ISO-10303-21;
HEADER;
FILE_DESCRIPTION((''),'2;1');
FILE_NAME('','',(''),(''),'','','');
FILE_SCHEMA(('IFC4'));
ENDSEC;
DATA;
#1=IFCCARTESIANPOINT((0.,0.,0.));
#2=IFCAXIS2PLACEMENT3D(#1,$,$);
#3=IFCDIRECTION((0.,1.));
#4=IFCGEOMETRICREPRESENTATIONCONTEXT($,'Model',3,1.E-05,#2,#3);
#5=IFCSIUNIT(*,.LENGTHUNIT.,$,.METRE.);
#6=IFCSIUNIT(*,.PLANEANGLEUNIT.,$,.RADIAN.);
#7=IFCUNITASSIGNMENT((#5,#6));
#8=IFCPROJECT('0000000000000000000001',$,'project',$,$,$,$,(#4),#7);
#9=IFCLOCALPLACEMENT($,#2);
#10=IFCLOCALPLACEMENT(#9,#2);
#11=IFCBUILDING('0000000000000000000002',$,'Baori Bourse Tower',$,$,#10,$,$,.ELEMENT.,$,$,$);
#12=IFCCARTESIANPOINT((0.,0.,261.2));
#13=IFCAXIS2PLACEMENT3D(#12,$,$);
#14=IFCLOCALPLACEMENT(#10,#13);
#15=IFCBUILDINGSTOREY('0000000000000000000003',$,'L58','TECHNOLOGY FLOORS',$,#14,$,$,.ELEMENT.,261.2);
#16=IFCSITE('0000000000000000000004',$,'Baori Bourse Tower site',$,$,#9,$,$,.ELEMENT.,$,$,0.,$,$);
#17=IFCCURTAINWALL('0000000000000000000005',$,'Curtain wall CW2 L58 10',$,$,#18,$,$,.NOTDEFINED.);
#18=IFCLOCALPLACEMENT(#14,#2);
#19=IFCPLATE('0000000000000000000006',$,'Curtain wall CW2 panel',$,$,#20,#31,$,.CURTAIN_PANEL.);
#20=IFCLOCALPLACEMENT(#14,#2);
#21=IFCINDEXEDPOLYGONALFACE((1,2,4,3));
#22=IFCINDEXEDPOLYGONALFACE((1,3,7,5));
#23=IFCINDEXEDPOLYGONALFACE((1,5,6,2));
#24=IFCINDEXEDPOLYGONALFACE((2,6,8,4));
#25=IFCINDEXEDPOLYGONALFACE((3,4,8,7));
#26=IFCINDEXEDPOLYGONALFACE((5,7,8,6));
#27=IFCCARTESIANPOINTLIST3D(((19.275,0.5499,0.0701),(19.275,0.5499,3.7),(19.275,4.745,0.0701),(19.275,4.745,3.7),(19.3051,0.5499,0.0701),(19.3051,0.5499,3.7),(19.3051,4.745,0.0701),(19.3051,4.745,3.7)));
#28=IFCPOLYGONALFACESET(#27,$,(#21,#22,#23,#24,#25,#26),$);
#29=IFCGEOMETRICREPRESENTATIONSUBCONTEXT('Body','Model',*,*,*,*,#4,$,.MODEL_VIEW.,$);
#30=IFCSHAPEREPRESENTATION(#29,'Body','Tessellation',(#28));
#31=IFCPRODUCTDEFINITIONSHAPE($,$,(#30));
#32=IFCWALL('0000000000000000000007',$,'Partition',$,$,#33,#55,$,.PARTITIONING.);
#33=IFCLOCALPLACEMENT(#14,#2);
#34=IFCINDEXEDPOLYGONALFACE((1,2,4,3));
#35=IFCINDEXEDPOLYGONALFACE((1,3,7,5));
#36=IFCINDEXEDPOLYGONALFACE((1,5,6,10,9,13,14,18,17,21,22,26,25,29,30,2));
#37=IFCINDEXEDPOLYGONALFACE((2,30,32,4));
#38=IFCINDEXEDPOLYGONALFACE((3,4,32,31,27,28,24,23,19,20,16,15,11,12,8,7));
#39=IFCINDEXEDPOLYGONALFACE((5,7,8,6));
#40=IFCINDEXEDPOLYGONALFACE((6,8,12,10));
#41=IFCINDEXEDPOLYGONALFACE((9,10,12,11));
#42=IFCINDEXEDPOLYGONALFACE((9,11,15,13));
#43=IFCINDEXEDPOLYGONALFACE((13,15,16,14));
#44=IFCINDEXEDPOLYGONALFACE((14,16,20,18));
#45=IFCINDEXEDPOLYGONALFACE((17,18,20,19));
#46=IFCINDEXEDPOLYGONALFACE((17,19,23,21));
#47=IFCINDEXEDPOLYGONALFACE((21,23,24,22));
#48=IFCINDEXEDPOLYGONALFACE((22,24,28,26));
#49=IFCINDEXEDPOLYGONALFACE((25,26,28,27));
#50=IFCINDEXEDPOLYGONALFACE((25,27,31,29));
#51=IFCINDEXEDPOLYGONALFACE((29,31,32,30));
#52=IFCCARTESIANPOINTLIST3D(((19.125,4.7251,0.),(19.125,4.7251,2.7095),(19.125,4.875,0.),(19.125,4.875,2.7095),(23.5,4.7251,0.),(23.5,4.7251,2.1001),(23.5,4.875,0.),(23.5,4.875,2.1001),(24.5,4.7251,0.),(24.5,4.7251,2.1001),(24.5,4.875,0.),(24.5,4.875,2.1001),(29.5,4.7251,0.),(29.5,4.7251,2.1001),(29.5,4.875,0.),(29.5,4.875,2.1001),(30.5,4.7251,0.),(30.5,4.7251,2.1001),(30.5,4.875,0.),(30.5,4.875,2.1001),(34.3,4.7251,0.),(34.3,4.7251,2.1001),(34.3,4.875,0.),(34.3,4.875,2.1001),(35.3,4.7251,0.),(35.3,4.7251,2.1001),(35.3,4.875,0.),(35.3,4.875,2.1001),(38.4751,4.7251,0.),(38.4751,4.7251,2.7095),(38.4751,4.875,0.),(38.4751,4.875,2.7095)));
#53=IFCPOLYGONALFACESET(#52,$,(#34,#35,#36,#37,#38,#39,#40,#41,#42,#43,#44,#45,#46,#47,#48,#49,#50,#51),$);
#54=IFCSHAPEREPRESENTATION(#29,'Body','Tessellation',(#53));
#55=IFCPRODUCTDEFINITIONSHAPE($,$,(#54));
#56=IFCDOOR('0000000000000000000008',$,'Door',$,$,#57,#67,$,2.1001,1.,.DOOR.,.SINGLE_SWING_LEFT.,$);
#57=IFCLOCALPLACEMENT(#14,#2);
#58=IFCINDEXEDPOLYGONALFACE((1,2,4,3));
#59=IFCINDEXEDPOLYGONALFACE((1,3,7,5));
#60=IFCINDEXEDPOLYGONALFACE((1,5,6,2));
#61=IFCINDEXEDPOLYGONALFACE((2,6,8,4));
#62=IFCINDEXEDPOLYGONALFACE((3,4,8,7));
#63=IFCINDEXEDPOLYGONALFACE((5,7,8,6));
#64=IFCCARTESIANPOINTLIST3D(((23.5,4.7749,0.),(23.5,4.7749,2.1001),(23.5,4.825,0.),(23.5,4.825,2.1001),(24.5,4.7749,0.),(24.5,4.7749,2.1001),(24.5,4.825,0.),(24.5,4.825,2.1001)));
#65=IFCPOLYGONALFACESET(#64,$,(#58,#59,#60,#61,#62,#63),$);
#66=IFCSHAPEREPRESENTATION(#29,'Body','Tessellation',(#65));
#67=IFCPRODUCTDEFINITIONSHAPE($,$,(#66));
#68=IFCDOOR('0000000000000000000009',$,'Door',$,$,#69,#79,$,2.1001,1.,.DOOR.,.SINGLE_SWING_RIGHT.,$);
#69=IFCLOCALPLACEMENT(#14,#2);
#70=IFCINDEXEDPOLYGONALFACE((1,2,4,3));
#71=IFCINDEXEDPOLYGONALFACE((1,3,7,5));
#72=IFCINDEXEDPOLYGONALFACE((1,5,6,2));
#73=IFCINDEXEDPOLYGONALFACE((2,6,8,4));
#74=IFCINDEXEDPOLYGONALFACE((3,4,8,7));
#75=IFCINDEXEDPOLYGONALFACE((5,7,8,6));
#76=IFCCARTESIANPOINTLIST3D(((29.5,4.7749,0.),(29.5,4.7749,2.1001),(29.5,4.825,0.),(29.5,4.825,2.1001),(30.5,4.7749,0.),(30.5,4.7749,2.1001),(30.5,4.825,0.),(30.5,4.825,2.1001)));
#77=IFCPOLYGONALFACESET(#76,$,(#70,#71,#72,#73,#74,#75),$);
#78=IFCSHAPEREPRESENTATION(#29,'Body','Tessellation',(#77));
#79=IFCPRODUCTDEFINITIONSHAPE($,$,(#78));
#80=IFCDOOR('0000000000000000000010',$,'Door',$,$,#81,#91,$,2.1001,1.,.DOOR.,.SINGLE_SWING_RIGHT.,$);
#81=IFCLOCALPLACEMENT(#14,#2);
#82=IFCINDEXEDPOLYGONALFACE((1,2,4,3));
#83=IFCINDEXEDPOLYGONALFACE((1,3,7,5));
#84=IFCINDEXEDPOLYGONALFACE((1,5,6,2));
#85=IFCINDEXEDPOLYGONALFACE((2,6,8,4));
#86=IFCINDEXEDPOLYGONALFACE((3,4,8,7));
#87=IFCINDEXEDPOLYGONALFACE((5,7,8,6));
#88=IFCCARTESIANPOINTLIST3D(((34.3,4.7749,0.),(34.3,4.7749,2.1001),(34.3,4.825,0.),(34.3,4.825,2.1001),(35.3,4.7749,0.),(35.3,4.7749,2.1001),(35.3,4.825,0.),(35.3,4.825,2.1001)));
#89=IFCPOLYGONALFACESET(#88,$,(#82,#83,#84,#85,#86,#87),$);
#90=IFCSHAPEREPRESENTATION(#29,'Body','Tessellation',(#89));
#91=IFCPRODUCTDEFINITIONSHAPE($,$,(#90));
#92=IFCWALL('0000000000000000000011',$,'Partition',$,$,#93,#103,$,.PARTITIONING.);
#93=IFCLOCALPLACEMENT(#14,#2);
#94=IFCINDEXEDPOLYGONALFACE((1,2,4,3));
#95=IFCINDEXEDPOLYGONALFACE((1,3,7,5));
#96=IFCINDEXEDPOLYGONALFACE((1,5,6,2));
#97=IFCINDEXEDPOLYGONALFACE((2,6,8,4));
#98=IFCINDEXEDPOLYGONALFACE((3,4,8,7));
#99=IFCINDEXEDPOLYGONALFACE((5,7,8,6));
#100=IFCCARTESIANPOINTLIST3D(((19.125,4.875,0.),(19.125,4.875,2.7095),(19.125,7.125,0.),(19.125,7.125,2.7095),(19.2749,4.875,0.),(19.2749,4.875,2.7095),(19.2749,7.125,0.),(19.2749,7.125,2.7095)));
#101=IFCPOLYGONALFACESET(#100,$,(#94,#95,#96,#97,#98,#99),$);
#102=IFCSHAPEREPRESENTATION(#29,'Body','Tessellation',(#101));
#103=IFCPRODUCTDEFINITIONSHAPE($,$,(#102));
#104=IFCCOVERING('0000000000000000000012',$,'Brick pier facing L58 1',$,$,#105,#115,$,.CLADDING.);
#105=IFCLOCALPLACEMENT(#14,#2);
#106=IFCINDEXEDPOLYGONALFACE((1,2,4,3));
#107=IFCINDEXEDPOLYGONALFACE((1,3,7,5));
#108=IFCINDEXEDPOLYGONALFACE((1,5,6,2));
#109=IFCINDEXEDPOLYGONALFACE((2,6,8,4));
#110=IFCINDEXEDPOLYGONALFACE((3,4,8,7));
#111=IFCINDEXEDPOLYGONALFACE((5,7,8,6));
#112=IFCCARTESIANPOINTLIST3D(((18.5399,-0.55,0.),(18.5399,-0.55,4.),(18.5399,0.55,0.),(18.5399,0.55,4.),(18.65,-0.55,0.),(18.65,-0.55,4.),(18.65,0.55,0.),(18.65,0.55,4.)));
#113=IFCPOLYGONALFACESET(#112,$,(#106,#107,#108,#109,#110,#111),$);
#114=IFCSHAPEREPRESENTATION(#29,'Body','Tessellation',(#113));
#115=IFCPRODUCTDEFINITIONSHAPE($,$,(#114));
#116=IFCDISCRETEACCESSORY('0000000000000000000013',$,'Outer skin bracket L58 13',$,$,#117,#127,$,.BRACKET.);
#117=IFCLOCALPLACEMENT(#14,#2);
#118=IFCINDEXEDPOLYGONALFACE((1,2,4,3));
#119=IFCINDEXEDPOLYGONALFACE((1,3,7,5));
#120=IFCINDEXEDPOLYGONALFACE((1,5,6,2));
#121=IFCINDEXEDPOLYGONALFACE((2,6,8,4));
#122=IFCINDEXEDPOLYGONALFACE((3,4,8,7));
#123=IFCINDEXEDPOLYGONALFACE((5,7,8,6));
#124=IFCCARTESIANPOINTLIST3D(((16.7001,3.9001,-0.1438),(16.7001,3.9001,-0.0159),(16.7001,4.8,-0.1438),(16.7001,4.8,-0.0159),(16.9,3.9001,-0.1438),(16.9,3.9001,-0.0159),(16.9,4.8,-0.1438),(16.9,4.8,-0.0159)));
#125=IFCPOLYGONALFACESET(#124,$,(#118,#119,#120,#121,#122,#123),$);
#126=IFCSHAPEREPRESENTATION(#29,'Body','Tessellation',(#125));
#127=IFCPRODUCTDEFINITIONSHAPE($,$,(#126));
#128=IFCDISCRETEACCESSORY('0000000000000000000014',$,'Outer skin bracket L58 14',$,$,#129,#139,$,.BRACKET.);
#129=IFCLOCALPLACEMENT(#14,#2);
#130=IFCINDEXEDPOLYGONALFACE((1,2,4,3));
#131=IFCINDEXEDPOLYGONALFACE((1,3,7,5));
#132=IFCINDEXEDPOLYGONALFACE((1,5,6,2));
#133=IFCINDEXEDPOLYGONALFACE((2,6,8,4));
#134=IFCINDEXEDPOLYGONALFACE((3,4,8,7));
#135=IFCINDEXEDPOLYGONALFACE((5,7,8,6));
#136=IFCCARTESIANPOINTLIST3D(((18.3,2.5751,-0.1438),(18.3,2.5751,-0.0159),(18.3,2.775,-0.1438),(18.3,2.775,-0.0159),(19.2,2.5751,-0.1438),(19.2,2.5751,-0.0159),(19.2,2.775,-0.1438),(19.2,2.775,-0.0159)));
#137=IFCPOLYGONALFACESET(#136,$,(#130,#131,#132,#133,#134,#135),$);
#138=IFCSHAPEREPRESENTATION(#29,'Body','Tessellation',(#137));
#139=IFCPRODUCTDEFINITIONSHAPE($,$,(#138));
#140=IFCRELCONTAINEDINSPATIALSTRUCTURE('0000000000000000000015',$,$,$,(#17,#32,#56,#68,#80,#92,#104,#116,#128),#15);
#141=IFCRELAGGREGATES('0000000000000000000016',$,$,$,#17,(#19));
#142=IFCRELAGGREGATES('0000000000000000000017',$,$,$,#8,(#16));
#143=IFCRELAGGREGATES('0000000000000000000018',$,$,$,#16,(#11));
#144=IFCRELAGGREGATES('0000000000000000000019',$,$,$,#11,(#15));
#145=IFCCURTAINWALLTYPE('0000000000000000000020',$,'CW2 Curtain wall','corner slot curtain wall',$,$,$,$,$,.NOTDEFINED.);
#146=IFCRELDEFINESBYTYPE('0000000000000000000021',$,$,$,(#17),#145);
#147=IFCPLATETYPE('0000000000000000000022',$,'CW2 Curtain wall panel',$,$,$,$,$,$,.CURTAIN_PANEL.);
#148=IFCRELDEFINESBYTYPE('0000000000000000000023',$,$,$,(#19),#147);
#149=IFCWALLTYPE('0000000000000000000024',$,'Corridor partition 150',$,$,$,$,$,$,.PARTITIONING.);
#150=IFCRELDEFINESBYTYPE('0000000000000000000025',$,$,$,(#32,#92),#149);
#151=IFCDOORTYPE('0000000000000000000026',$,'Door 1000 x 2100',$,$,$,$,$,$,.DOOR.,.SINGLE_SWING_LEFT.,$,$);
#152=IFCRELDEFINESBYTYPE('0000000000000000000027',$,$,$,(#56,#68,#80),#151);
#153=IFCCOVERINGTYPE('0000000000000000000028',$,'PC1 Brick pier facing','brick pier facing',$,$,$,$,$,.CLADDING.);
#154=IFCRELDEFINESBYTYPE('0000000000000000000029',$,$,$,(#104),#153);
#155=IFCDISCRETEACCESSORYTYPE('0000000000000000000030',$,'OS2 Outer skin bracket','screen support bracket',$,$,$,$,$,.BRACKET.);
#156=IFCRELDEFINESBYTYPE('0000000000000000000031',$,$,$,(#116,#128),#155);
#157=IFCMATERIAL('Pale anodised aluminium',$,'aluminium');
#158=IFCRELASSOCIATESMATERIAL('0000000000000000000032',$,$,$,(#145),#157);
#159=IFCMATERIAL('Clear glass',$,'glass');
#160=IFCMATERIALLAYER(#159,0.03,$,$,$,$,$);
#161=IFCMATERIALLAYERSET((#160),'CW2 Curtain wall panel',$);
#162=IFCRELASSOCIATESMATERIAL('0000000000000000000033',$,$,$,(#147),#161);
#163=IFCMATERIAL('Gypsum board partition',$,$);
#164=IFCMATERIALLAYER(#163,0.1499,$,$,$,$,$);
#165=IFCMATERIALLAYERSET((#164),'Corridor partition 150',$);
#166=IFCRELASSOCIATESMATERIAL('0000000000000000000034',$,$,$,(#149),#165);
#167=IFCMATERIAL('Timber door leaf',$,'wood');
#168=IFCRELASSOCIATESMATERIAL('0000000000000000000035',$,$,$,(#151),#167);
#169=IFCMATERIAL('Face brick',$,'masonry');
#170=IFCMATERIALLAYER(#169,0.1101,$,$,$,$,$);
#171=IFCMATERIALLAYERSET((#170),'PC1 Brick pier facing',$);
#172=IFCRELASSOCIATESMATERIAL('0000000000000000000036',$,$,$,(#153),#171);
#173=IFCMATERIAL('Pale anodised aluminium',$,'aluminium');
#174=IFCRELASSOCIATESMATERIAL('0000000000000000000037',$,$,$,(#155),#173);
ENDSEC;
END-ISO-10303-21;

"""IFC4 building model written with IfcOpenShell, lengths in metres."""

from ifc_helpers import new_model, si_unit, direction, frame, frame_2d, origin, origin_2d, place, context, subcontext, project, spatial, rectangle, extrude, material, layer, layer_set, type_object, element, fill, aggregate, save


model = new_model("IFC4")

# Units and contexts
model_context = context("Model", 3, precision=1e-05, world=origin(), true_north=direction((0.0, 1.0)))
body_context = subcontext(model_context, "Body", "Model", "MODEL_VIEW")
ifc_project = project(units=[si_unit("LENGTHUNIT", "METRE"), si_unit("PLANEANGLEUNIT", "RADIAN")], contexts=[model_context])

# Site, building, storey
site_placement = place(None, origin())
site = spatial("IfcSite", under=ifc_project, at=site_placement, Name="Baori Bourse Tower site", CompositionType="ELEMENT", RefElevation=0.0)
building_placement = place(site_placement, origin())
building = spatial("IfcBuilding", under=site, at=building_placement, Name="Baori Bourse Tower", CompositionType="ELEMENT")
storey_placement = place(building_placement, frame((0.0, 0.0, 261.2)))
storey = spatial("IfcBuildingStorey", under=building, at=storey_placement, Name="L58", Description="TECHNOLOGY FLOORS", CompositionType="ELEMENT", Elevation=261.2)

# Curtain wall
ifc_material_1 = material(Name="Pale anodised aluminium", Category="aluminium")
curtain_wall_type_1 = type_object("IfcCurtainWallType", Name="CW2 Curtain wall", Description="corner slot curtain wall", PredefinedType="NOTDEFINED", material=ifc_material_1)
curtain_wall_1_placement = place(storey_placement, origin())
curtain_wall_1 = element("IfcCurtainWall", 1, at=curtain_wall_1_placement, inside=storey, type_object=curtain_wall_type_1, Name="Curtain wall CW2 L58 10", PredefinedType="NOTDEFINED")

# Plate
ifc_material_2 = material(Name="Clear glass", Category="glass")
ifc_layer_1 = layer(ifc_material_2, 0.03)
ifc_layer_set_1 = layer_set([ifc_layer_1], Name="CW2 Curtain wall panel")
plate_type = type_object("IfcPlateType", Name="CW2 Curtain wall panel", PredefinedType="CURTAIN_PANEL", material=ifc_layer_set_1)
plate_placement = place(storey_placement, frame((19.29, 2.6475, 0.0701), z_axis=(0.0, 0.0, 1.0), x_axis=(0.0, -1.0, 0.0)))
plate = element("IfcPlate", 2, at=plate_placement, type_object=plate_type, Name="Curtain wall CW2 panel", PredefinedType="CURTAIN_PANEL", context=body_context, shape_type="SweptSolid", body=[
    extrude(rectangle(XDim=4.1951, YDim=0.03, at=origin_2d()), origin(), (0.0, 0.0, 1.0), 3.6299),
])
aggregate(curtain_wall_1, [plate])

# Wall, openings, doors
ifc_material_3 = material(Name="Gypsum board partition")
ifc_layer_2 = layer(ifc_material_3, 0.1499)
ifc_layer_set_2 = layer_set([ifc_layer_2], Name="Corridor partition 150")
wall_type = type_object("IfcWallType", Name="Corridor partition 150", PredefinedType="PARTITIONING", material=ifc_layer_set_2)
wall_1_placement = place(storey_placement, frame((19.125, 4.8, 0.0), z_axis=(0.0, 0.0, 1.0), x_axis=(1.0, 0.0, 0.0)))
wall_1 = element("IfcWall", 3, at=wall_1_placement, inside=storey, type_object=wall_type, Name="Partition", PredefinedType="PARTITIONING", context=body_context, shape_type="SweptSolid", body=[
    extrude(rectangle(XDim=19.3501, YDim=0.1499, at=frame_2d((9.675, 0.0))), origin(), (0.0, 0.0, 1.0), 2.7095),
])
opening_1_placement = place(wall_1_placement, frame((4.375, 0.0, 0.0)))
opening_1 = element("IfcOpeningElement", 4, at=opening_1_placement, cuts=wall_1, PredefinedType="OPENING", context=body_context, shape_type="SweptSolid", body=[
    extrude(rectangle(XDim=1.0, YDim=2.1001, at=frame_2d((0.5, 1.05))), frame((0.0, 0.085, 0.0), z_axis=(0.0, -1.0, 0.0), x_axis=(1.0, 0.0, 0.0)), (0.0, 0.0, 1.0), 0.1699),
])
opening_2_placement = place(wall_1_placement, frame((10.375, 0.0, 0.0)))
opening_2 = element("IfcOpeningElement", 5, at=opening_2_placement, cuts=wall_1, PredefinedType="OPENING", context=body_context, shape_type="SweptSolid", body=[
    extrude(rectangle(XDim=1.0, YDim=2.1001, at=frame_2d((0.5, 1.05))), frame((0.0, 0.085, 0.0), z_axis=(0.0, -1.0, 0.0), x_axis=(1.0, 0.0, 0.0)), (0.0, 0.0, 1.0), 0.1699),
])
opening_3_placement = place(wall_1_placement, frame((15.175, 0.0, 0.0)))
opening_3 = element("IfcOpeningElement", 6, at=opening_3_placement, cuts=wall_1, PredefinedType="OPENING", context=body_context, shape_type="SweptSolid", body=[
    extrude(rectangle(XDim=1.0, YDim=2.1001, at=frame_2d((0.5, 1.05))), frame((0.0, 0.085, 0.0), z_axis=(0.0, -1.0, 0.0), x_axis=(1.0, 0.0, 0.0)), (0.0, 0.0, 1.0), 0.1699),
])
ifc_material_4 = material(Name="Timber door leaf", Category="wood")
door_type = type_object("IfcDoorType", Name="Door 1000 x 2100", OperationType="SINGLE_SWING_LEFT", PredefinedType="DOOR", material=ifc_material_4)
door_1_placement = place(opening_1_placement, origin())
door_1 = element("IfcDoor", 7, at=door_1_placement, inside=storey, type_object=door_type, Name="Door", OperationType="SINGLE_SWING_LEFT", OverallHeight=2.1001, OverallWidth=1.0, PredefinedType="DOOR", context=body_context, shape_type="SweptSolid", body=[
    extrude(rectangle(XDim=1.0, YDim=2.1001, at=frame_2d((0.5, 1.05))), frame((0.0, 0.0249, 0.0), z_axis=(0.0, -1.0, 0.0), x_axis=(1.0, 0.0, 0.0)), (0.0, 0.0, 1.0), 0.05),
])
fill(opening_1, door_1)
door_2_placement = place(opening_2_placement, origin())
door_2 = element("IfcDoor", 8, at=door_2_placement, inside=storey, type_object=door_type, Name="Door", OperationType="SINGLE_SWING_RIGHT", OverallHeight=2.1001, OverallWidth=1.0, PredefinedType="DOOR", context=body_context, shape_type="SweptSolid", body=[
    extrude(rectangle(XDim=1.0, YDim=2.1001, at=frame_2d((0.5, 1.05))), frame((0.0, 0.0249, 0.0), z_axis=(0.0, -1.0, 0.0), x_axis=(1.0, 0.0, 0.0)), (0.0, 0.0, 1.0), 0.05),
])
fill(opening_2, door_2)
door_3_placement = place(opening_3_placement, origin())
door_3 = element("IfcDoor", 9, at=door_3_placement, inside=storey, type_object=door_type, Name="Door", OperationType="SINGLE_SWING_RIGHT", OverallHeight=2.1001, OverallWidth=1.0, PredefinedType="DOOR", context=body_context, shape_type="SweptSolid", body=[
    extrude(rectangle(XDim=1.0, YDim=2.1001, at=frame_2d((0.5, 1.05))), frame((0.0, 0.0249, 0.0), z_axis=(0.0, -1.0, 0.0), x_axis=(1.0, 0.0, 0.0)), (0.0, 0.0, 1.0), 0.05),
])
fill(opening_3, door_3)

# Wall
wall_2_placement = place(storey_placement, frame((19.2, 4.875, 0.0), z_axis=(0.0, 0.0, 1.0), x_axis=(0.0, 1.0, 0.0)))
element("IfcWall", 10, at=wall_2_placement, inside=storey, type_object=wall_type, Name="Partition", PredefinedType="PARTITIONING", context=body_context, shape_type="SweptSolid", body=[
    extrude(rectangle(XDim=2.25, YDim=0.1499, at=frame_2d((1.125, 0.0))), origin(), (0.0, 0.0, 1.0), 2.7095),
])

# Covering
ifc_material_5 = material(Name="Face brick", Category="masonry")
ifc_layer_3 = layer(ifc_material_5, 0.1101)
ifc_layer_set_3 = layer_set([ifc_layer_3], Name="PC1 Brick pier facing")
covering_type = type_object("IfcCoveringType", Name="PC1 Brick pier facing", Description="brick pier facing", PredefinedType="CLADDING", material=ifc_layer_set_3)
covering_placement = place(storey_placement, frame((18.595, 0.0, 0.0), z_axis=(0.0, 0.0, 1.0), x_axis=(1.0, 0.0, 0.0)))
element("IfcCovering", 11, at=covering_placement, inside=storey, type_object=covering_type, Name="Brick pier facing L58 1", PredefinedType="CLADDING", context=body_context, shape_type="SweptSolid", body=[
    extrude(rectangle(XDim=0.1101, YDim=1.1001, at=origin_2d()), origin(), (0.0, 0.0, 1.0), 4.0),
])

# Discrete accessories
ifc_material_6 = material(Name="Pale anodised aluminium", Category="aluminium")
discrete_accessory_type = type_object("IfcDiscreteAccessoryType", Name="OS2 Outer skin bracket", Description="screen support bracket", PredefinedType="BRACKET", material=ifc_material_6)
for number, where, z_axis, x_axis, name in (
    (12, (16.8, 4.3501, -0.1438), (0.0, 0.0, 1.0), (1.0, 0.0, 0.0), "Outer skin bracket L58 13"),
    (13, (18.75, 2.675, -0.1438), (0.0, 0.0, 1.0), (0.0, -1.0, 0.0), "Outer skin bracket L58 14"),
):
    element("IfcDiscreteAccessory", number, at=place(storey_placement, frame(where, z_axis=z_axis, x_axis=x_axis)), inside=storey, type_object=discrete_accessory_type, Name=name, PredefinedType="BRACKET", context=body_context, shape_type="SweptSolid", body=[
        extrude(rectangle(XDim=0.2, YDim=0.8999, at=origin_2d()), origin(), (0.0, 0.0, 1.0), 0.1279),
    ])

save(model, "model.ifc")
